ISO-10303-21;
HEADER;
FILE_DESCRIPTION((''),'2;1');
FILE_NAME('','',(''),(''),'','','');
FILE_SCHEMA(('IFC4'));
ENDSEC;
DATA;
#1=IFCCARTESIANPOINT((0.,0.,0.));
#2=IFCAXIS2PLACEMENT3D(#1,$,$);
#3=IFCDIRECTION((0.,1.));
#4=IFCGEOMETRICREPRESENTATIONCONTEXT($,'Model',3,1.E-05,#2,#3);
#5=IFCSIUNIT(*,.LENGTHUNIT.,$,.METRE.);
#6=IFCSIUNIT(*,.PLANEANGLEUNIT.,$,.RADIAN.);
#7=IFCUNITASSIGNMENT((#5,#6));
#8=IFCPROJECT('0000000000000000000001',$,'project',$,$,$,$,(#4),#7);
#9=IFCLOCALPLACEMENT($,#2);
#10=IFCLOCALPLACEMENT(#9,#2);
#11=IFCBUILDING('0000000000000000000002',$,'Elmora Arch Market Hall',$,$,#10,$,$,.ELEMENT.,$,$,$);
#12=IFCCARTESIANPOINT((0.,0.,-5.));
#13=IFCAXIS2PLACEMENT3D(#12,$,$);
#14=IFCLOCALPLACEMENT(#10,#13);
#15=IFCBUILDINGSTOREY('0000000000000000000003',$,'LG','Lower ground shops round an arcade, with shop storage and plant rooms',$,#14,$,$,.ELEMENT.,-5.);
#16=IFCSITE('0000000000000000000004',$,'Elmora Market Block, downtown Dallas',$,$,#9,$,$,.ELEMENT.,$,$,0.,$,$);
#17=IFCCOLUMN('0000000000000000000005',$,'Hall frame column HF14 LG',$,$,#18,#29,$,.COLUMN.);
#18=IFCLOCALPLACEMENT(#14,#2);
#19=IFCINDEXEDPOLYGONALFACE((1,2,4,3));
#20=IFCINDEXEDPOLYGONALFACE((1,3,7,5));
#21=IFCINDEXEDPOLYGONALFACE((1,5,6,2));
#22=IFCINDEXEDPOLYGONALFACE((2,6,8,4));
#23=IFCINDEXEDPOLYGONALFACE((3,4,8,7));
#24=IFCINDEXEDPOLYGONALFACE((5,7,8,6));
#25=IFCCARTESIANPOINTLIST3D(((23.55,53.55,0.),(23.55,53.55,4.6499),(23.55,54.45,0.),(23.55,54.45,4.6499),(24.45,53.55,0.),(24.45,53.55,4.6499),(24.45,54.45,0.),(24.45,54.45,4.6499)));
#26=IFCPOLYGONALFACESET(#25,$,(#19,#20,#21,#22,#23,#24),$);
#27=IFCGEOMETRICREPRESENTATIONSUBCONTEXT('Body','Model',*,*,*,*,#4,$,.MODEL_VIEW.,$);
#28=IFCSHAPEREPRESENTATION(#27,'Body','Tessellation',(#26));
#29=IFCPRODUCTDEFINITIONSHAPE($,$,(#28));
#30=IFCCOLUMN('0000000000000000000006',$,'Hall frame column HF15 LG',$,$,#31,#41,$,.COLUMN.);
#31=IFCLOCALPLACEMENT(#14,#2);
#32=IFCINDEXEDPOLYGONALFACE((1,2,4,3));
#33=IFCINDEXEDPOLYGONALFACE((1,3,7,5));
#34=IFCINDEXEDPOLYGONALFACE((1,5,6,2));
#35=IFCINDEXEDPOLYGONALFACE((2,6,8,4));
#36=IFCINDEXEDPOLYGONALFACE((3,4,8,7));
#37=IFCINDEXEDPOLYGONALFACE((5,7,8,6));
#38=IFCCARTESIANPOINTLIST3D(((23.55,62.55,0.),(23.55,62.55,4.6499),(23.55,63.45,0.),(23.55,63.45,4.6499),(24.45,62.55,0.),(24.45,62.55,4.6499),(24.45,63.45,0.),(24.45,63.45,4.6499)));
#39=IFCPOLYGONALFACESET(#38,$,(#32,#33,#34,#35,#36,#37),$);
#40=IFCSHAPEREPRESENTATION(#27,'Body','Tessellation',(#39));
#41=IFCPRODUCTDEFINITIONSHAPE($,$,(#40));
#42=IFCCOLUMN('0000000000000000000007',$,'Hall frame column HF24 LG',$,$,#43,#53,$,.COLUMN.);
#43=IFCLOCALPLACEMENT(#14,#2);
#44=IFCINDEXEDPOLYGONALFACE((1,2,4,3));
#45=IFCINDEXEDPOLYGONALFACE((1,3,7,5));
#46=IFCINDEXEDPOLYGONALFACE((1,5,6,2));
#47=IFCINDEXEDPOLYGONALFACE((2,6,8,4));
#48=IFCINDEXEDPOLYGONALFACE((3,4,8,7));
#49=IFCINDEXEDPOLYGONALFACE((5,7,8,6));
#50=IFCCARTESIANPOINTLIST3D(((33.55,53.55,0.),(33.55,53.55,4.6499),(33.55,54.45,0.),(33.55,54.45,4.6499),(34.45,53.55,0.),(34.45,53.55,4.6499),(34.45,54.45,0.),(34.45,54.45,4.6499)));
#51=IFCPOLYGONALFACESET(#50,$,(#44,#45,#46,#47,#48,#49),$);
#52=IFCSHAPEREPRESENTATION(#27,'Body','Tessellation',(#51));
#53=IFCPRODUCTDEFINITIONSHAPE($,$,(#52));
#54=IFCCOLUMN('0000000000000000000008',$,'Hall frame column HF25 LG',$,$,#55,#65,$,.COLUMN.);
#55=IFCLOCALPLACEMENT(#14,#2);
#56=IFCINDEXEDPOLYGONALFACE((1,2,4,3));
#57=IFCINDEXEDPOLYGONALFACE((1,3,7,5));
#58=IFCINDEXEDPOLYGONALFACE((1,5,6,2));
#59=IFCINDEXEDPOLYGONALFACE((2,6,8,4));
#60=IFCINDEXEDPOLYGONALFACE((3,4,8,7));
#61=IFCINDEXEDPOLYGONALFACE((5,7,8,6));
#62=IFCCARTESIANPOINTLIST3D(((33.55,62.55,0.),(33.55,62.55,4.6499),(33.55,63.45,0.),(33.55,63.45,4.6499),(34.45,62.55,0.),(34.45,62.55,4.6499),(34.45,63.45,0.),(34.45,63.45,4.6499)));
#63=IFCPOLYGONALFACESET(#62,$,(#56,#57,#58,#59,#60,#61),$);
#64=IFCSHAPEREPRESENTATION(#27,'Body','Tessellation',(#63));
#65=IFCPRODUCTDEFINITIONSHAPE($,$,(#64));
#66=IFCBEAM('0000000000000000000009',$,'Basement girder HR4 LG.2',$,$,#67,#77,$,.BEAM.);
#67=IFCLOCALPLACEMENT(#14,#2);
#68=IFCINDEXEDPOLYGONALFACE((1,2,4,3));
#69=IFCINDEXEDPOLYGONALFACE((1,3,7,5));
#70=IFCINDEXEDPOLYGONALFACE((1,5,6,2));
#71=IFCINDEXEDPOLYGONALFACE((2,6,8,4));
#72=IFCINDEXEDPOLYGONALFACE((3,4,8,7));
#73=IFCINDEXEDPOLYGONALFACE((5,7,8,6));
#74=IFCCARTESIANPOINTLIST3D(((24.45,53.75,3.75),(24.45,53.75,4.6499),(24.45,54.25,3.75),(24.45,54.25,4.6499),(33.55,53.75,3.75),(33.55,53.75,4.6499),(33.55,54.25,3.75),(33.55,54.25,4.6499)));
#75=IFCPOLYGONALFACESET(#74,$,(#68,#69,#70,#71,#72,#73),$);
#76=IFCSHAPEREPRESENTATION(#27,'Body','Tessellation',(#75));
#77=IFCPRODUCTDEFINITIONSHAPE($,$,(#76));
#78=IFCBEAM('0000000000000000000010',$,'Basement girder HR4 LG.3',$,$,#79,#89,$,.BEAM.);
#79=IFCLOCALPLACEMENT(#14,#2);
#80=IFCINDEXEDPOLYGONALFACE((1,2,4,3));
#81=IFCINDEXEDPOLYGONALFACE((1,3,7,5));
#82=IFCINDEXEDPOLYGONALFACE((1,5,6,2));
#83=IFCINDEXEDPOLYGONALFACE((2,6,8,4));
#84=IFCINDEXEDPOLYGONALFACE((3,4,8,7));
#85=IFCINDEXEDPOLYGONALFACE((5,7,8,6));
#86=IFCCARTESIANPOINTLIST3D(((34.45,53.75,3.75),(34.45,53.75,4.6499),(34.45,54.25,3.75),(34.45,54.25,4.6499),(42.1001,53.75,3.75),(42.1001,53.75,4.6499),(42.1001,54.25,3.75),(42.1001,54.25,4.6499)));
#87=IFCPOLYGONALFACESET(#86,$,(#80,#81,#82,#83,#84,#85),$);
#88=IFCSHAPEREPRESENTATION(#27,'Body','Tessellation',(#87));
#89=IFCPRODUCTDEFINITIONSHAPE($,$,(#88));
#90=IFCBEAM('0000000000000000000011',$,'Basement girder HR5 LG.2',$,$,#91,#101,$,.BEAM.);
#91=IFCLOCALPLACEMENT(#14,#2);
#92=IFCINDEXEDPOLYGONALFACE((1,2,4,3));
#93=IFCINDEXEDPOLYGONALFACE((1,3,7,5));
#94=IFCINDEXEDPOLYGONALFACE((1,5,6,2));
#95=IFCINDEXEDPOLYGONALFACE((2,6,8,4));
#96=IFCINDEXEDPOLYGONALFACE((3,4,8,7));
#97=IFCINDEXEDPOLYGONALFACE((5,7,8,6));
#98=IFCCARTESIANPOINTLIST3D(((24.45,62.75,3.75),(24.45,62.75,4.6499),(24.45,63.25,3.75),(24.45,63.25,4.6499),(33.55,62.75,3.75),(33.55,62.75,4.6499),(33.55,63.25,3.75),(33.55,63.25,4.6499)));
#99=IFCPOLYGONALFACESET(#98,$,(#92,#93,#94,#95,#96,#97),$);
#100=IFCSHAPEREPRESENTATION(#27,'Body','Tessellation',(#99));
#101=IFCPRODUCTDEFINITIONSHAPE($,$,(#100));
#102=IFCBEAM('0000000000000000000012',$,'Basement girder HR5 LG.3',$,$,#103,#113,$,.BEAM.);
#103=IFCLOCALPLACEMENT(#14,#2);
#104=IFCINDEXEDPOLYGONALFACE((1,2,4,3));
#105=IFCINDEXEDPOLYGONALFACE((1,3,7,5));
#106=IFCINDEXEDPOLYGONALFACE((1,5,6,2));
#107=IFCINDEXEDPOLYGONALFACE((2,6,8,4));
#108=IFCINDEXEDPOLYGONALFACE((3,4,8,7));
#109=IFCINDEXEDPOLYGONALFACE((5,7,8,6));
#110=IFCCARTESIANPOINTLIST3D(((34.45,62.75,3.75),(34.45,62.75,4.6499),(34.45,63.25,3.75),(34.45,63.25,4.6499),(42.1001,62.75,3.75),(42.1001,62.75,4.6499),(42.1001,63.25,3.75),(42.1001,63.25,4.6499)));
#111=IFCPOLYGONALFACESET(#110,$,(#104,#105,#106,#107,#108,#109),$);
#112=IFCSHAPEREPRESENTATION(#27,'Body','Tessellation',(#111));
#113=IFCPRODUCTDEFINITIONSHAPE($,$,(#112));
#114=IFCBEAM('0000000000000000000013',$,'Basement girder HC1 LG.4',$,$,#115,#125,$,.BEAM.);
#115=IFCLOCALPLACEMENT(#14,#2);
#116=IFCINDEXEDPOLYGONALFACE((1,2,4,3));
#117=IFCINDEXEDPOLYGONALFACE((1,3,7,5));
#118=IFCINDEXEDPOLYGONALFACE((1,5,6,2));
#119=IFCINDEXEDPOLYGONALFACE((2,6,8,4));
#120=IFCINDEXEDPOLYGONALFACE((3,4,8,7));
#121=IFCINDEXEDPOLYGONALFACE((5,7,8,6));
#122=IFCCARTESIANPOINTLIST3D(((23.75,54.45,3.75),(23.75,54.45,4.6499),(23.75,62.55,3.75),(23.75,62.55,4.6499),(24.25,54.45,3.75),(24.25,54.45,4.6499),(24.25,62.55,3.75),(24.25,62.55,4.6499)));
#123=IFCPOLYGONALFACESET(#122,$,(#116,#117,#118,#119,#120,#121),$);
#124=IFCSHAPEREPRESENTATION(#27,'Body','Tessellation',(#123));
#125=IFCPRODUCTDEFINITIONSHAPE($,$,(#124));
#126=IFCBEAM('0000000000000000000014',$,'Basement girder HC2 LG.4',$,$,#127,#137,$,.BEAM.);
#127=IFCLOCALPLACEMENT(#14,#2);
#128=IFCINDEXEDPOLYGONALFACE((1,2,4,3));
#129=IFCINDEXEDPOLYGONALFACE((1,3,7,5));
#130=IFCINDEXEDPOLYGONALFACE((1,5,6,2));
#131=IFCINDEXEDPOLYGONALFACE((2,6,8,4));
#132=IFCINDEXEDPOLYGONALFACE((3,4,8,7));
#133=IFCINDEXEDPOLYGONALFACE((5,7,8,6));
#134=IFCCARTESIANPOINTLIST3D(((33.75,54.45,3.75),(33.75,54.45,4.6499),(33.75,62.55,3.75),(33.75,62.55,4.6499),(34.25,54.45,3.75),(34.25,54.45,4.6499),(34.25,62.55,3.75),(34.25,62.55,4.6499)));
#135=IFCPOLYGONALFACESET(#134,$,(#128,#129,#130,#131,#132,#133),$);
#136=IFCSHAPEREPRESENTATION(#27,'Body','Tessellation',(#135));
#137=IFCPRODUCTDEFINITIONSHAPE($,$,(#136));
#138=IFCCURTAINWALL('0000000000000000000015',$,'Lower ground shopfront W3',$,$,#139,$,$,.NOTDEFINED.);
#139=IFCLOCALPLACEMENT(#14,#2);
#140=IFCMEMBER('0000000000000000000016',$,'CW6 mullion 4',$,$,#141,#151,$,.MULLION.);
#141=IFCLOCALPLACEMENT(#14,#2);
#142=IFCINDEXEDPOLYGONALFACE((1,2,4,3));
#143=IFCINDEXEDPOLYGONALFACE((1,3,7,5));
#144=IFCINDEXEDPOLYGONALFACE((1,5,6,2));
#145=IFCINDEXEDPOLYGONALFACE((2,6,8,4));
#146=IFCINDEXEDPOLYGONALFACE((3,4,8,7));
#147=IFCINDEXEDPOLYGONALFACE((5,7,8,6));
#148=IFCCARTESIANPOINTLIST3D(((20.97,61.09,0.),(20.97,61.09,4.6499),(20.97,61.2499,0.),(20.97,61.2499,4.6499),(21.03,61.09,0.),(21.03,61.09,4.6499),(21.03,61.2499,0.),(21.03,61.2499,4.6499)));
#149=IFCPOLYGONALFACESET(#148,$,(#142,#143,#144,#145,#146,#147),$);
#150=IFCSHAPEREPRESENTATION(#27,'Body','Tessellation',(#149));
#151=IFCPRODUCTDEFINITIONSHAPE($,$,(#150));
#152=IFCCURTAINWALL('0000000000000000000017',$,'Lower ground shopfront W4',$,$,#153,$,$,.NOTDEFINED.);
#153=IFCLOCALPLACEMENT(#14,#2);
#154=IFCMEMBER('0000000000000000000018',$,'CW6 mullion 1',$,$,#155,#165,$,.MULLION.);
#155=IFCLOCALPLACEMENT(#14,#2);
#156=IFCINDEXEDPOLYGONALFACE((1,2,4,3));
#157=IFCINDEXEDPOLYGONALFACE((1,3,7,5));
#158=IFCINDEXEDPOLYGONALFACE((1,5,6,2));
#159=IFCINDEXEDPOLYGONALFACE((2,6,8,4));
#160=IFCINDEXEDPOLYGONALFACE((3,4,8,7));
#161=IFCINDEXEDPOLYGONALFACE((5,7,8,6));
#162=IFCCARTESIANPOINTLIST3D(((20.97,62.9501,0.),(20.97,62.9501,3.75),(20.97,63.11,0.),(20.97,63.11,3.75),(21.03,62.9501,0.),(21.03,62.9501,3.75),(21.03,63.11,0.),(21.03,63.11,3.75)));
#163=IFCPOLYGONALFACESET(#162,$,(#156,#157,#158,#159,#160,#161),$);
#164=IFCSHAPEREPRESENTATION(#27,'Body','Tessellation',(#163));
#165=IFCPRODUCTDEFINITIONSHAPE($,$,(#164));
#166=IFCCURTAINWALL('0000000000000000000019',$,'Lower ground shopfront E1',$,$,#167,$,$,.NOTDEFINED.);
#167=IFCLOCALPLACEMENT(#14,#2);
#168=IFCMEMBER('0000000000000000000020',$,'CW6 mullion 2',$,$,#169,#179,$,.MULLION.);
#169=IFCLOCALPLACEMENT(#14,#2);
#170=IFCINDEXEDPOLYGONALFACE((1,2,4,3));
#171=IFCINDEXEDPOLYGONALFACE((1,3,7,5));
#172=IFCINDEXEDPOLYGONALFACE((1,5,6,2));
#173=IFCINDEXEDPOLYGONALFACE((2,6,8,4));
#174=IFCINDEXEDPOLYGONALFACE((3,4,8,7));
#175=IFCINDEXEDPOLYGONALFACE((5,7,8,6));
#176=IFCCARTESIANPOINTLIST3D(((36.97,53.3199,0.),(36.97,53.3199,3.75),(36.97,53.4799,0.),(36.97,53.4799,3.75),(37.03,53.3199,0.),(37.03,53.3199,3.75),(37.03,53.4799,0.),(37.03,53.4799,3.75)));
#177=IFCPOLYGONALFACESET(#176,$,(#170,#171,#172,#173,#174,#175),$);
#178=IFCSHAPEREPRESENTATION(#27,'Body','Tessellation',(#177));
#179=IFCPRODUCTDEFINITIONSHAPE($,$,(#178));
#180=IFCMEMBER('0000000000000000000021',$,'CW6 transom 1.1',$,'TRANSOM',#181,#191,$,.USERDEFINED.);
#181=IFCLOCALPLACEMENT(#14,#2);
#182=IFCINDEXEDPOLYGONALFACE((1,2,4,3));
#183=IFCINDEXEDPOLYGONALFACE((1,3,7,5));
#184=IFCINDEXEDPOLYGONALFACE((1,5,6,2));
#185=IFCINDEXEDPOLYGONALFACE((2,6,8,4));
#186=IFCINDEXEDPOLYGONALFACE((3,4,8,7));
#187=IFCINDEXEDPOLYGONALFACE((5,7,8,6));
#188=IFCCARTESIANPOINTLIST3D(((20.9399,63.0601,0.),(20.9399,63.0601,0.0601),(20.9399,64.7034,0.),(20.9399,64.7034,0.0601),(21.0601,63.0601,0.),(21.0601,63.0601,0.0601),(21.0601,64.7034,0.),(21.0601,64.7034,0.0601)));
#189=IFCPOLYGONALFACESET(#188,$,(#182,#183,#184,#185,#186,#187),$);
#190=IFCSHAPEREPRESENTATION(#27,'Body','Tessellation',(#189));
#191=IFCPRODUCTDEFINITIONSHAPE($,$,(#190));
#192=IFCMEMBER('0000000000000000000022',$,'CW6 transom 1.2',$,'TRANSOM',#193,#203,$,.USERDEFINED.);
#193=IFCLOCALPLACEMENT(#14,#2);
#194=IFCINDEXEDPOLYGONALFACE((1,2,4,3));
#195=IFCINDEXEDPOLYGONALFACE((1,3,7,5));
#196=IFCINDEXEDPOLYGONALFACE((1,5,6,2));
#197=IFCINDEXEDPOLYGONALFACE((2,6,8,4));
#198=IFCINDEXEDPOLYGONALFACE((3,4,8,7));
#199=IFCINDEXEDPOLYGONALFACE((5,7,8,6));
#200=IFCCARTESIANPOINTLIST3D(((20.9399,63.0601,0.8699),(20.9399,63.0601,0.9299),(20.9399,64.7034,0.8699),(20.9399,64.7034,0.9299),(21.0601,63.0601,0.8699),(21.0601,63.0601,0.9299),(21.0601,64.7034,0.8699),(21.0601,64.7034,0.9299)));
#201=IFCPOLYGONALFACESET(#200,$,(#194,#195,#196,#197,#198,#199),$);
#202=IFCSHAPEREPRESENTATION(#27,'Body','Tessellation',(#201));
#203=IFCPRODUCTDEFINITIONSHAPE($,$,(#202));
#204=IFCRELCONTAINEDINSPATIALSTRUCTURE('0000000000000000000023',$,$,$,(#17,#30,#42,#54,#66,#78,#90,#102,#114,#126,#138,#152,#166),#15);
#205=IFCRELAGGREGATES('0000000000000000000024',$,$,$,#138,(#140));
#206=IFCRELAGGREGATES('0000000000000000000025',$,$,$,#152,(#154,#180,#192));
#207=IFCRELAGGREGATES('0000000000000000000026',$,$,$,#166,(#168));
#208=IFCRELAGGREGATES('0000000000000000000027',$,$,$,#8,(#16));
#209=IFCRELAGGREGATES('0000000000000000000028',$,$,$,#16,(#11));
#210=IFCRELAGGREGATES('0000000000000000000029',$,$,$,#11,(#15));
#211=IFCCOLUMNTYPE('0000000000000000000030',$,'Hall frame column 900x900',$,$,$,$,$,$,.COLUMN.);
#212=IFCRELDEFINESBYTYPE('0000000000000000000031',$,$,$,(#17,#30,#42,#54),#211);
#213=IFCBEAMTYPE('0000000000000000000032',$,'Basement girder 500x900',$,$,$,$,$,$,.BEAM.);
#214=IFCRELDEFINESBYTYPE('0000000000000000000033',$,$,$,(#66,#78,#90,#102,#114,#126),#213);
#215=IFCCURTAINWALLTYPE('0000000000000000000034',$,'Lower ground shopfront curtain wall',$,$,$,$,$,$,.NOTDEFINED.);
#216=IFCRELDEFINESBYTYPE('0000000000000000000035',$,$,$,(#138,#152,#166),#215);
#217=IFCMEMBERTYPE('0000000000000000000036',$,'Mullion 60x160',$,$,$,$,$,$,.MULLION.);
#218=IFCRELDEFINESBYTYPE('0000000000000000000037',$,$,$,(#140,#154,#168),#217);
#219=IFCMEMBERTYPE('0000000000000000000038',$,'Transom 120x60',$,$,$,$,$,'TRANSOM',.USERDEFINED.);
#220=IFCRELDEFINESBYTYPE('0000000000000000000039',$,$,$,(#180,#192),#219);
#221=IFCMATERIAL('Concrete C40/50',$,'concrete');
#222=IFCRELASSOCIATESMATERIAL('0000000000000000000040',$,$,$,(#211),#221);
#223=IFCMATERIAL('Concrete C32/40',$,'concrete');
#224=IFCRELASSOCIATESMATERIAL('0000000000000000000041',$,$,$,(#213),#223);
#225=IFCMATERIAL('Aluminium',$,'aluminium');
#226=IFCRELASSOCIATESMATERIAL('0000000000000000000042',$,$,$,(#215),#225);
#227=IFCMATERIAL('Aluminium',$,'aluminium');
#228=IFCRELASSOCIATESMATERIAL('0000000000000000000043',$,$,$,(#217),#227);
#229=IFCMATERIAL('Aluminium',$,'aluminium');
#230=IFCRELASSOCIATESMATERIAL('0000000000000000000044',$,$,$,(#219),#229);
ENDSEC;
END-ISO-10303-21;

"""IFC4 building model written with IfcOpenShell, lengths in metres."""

from ifc_helpers import new_model, si_unit, direction, frame, origin, origin_2d, place, context, subcontext, project, spatial, rectangle, extrude, material, material_profile, profile_set, type_object, element, aggregate, save


model = new_model("IFC4")

# Units and contexts
model_context = context("Model", 3, precision=1e-05, world=origin(), true_north=direction((0.0, 1.0)))
body_context = subcontext(model_context, "Body", "Model", "MODEL_VIEW")
ifc_project = project(units=[si_unit("LENGTHUNIT", "METRE"), si_unit("PLANEANGLEUNIT", "RADIAN")], contexts=[model_context])

# Site, building, storey
site_placement = place(None, origin())
site = spatial("IfcSite", under=ifc_project, at=site_placement, Name="Elmora Market Block, downtown Dallas", CompositionType="ELEMENT", RefElevation=0.0)
building_placement = place(site_placement, origin())
building = spatial("IfcBuilding", under=site, at=building_placement, Name="Elmora Arch Market Hall", CompositionType="ELEMENT")
storey_placement = place(building_placement, frame((0.0, 0.0, -5.0)))
storey = spatial("IfcBuildingStorey", under=building, at=storey_placement, Name="LG", Description="Lower ground shops round an arcade, with shop storage and plant rooms", CompositionType="ELEMENT", Elevation=-5.0)

# Columns
ifc_material_1 = material(Name="Concrete C40/50", Category="concrete")
ifc_material_profile_1 = material_profile(ifc_material_1, rectangle(XDim=0.8999, YDim=0.8999, at=origin_2d()), Name="Hall frame column 900x900")
ifc_profile_set_1 = profile_set([ifc_material_profile_1], Name="Concrete C40/50")
column_type = type_object("IfcColumnType", Name="Hall frame column 900x900", PredefinedType="COLUMN", material=ifc_profile_set_1)
for number, where, z_axis, x_axis, name in (
    (1, (24.0, 54.0, 0.0), (0.0, 0.0, 1.0), (1.0, 0.0, 0.0), "Hall frame column HF14 LG"),
    (2, (24.0, 63.0, 0.0), (0.0, 0.0, 1.0), (1.0, 0.0, 0.0), "Hall frame column HF15 LG"),
    (3, (34.0, 54.0, 0.0), (0.0, 0.0, 1.0), (1.0, 0.0, 0.0), "Hall frame column HF24 LG"),
    (4, (34.0, 63.0, 0.0), (0.0, 0.0, 1.0), (1.0, 0.0, 0.0), "Hall frame column HF25 LG"),
):
    element("IfcColumn", number, at=place(storey_placement, frame(where, z_axis=z_axis, x_axis=x_axis)), inside=storey, type_object=column_type, Name=name, PredefinedType="COLUMN", context=body_context, shape_type="SweptSolid", body=[
        extrude(rectangle(XDim=0.8999, YDim=0.8999, at=origin_2d()), origin(), (0.0, 0.0, 1.0), 4.6499),
    ])

# Beams
ifc_material_2 = material(Name="Concrete C32/40", Category="concrete")
ifc_material_profile_2 = material_profile(ifc_material_2, rectangle(XDim=0.5, YDim=0.8999, at=origin_2d()), Name="Basement girder 500x900")
ifc_profile_set_2 = profile_set([ifc_material_profile_2], Name="Concrete C32/40")
beam_type = type_object("IfcBeamType", Name="Basement girder 500x900", PredefinedType="BEAM", material=ifc_profile_set_2)
beam_1_placement = place(storey_placement, frame((24.45, 54.0, 4.2), z_axis=(1.0, 0.0, 0.0), x_axis=(0.0, 1.0, 0.0)))
element("IfcBeam", 5, at=beam_1_placement, inside=storey, type_object=beam_type, Name="Basement girder HR4 LG.2", PredefinedType="BEAM", context=body_context, shape_type="SweptSolid", body=[
    extrude(rectangle(XDim=0.5, YDim=0.8999, at=origin_2d()), origin(), (0.0, 0.0, 1.0), 9.1001),
])
beam_2_placement = place(storey_placement, frame((34.45, 54.0, 4.2), z_axis=(1.0, 0.0, 0.0), x_axis=(0.0, 1.0, 0.0)))
element("IfcBeam", 6, at=beam_2_placement, inside=storey, type_object=beam_type, Name="Basement girder HR4 LG.3", PredefinedType="BEAM", context=body_context, shape_type="SweptSolid", body=[
    extrude(rectangle(XDim=0.5, YDim=0.8999, at=origin_2d()), origin(), (0.0, 0.0, 1.0), 7.6501),
])
beam_3_placement = place(storey_placement, frame((24.45, 63.0, 4.2), z_axis=(1.0, 0.0, 0.0), x_axis=(0.0, 1.0, 0.0)))
element("IfcBeam", 7, at=beam_3_placement, inside=storey, type_object=beam_type, Name="Basement girder HR5 LG.2", PredefinedType="BEAM", context=body_context, shape_type="SweptSolid", body=[
    extrude(rectangle(XDim=0.5, YDim=0.8999, at=origin_2d()), origin(), (0.0, 0.0, 1.0), 9.1001),
])
beam_4_placement = place(storey_placement, frame((34.45, 63.0, 4.2), z_axis=(1.0, 0.0, 0.0), x_axis=(0.0, 1.0, 0.0)))
element("IfcBeam", 8, at=beam_4_placement, inside=storey, type_object=beam_type, Name="Basement girder HR5 LG.3", PredefinedType="BEAM", context=body_context, shape_type="SweptSolid", body=[
    extrude(rectangle(XDim=0.5, YDim=0.8999, at=origin_2d()), origin(), (0.0, 0.0, 1.0), 7.6501),
])
for number, where, z_axis, x_axis, name in (
    (9, (24.0, 54.45, 4.2), (0.0, 1.0, 0.0), (-1.0, 0.0, 0.0), "Basement girder HC1 LG.4"),
    (10, (34.0, 54.45, 4.2), (0.0, 1.0, 0.0), (-1.0, 0.0, 0.0), "Basement girder HC2 LG.4"),
):
    element("IfcBeam", number, at=place(storey_placement, frame(where, z_axis=z_axis, x_axis=x_axis)), inside=storey, type_object=beam_type, Name=name, PredefinedType="BEAM", context=body_context, shape_type="SweptSolid", body=[
        extrude(rectangle(XDim=0.5, YDim=0.8999, at=origin_2d()), origin(), (0.0, 0.0, 1.0), 8.1001),
    ])

# Curtain walls, members
ifc_material_3 = material(Name="Aluminium", Category="aluminium")
curtain_wall_type = type_object("IfcCurtainWallType", Name="Lower ground shopfront curtain wall", PredefinedType="NOTDEFINED", material=ifc_material_3)
curtain_wall_1_placement = place(storey_placement, origin())
curtain_wall_1 = element("IfcCurtainWall", 11, at=curtain_wall_1_placement, inside=storey, type_object=curtain_wall_type, Name="Lower ground shopfront W3", PredefinedType="NOTDEFINED")
ifc_material_4 = material(Name="Aluminium", Category="aluminium")
ifc_material_profile_3 = material_profile(ifc_material_4, rectangle(XDim=0.0601, YDim=0.1599, at=origin_2d()), Name="AL 60x160")
ifc_profile_set_3 = profile_set([ifc_material_profile_3], Name="Aluminium")
member_type_1 = type_object("IfcMemberType", Name="Mullion 60x160", PredefinedType="MULLION", material=ifc_profile_set_3)
member_1_placement = place(storey_placement, frame((21.0, 61.1699, 0.0), z_axis=(0.0, 0.0, 1.0), x_axis=(-1.0, 0.0, 0.0)))
member_1 = element("IfcMember", 12, at=member_1_placement, type_object=member_type_1, Name="CW6 mullion 4", PredefinedType="MULLION", context=body_context, shape_type="SweptSolid", body=[
    extrude(rectangle(XDim=0.0601, YDim=0.1599, at=origin_2d()), origin(), (0.0, 0.0, 1.0), 4.6499),
])
aggregate(curtain_wall_1, [member_1])
curtain_wall_2_placement = place(storey_placement, origin())
curtain_wall_2 = element("IfcCurtainWall", 13, at=curtain_wall_2_placement, inside=storey, type_object=curtain_wall_type, Name="Lower ground shopfront W4", PredefinedType="NOTDEFINED")
member_2_placement = place(storey_placement, frame((21.0, 63.03, 0.0), z_axis=(0.0, 0.0, 1.0), x_axis=(-1.0, 0.0, 0.0)))
member_2 = element("IfcMember", 14, at=member_2_placement, type_object=member_type_1, Name="CW6 mullion 1", PredefinedType="MULLION", context=body_context, shape_type="SweptSolid", body=[
    extrude(rectangle(XDim=0.0601, YDim=0.1599, at=origin_2d()), origin(), (0.0, 0.0, 1.0), 3.75),
])
curtain_wall_3_placement = place(storey_placement, origin())
curtain_wall_3 = element("IfcCurtainWall", 15, at=curtain_wall_3_placement, inside=storey, type_object=curtain_wall_type, Name="Lower ground shopfront E1", PredefinedType="NOTDEFINED")
member_3_placement = place(storey_placement, frame((37.0, 53.3999, 0.0), z_axis=(0.0, 0.0, 1.0), x_axis=(-1.0, 0.0, 0.0)))
member_3 = element("IfcMember", 16, at=member_3_placement, type_object=member_type_1, Name="CW6 mullion 2", PredefinedType="MULLION", context=body_context, shape_type="SweptSolid", body=[
    extrude(rectangle(XDim=0.0601, YDim=0.1599, at=origin_2d()), origin(), (0.0, 0.0, 1.0), 3.75),
])

# Members
ifc_material_5 = material(Name="Aluminium", Category="aluminium")
ifc_material_profile_4 = material_profile(ifc_material_5, rectangle(XDim=0.1201, YDim=0.0601, at=origin_2d()), Name="AL 120x60")
ifc_profile_set_4 = profile_set([ifc_material_profile_4], Name="Aluminium")
member_type_2 = type_object("IfcMemberType", Name="Transom 120x60", ElementType="TRANSOM", PredefinedType="USERDEFINED", material=ifc_profile_set_4)
member_4_placement = place(storey_placement, frame((21.0, 63.0601, 0.03), z_axis=(0.0, 1.0, 0.0), x_axis=(-1.0, 0.0, 0.0)))
member_4 = element("IfcMember", 17, at=member_4_placement, type_object=member_type_2, Name="CW6 transom 1.1", ObjectType="TRANSOM", PredefinedType="USERDEFINED", context=body_context, shape_type="SweptSolid", body=[
    extrude(rectangle(XDim=0.1201, YDim=0.0601, at=origin_2d()), origin(), (0.0, 0.0, 1.0), 1.6433),
])
member_5_placement = place(storey_placement, frame((21.0, 63.0601, 0.8999), z_axis=(0.0, 1.0, 0.0), x_axis=(-1.0, 0.0, 0.0)))
member_5 = element("IfcMember", 18, at=member_5_placement, type_object=member_type_2, Name="CW6 transom 1.2", ObjectType="TRANSOM", PredefinedType="USERDEFINED", context=body_context, shape_type="SweptSolid", body=[
    extrude(rectangle(XDim=0.1201, YDim=0.0601, at=origin_2d()), origin(), (0.0, 0.0, 1.0), 1.6433),
])
aggregate(curtain_wall_2, [member_2, member_4, member_5])

aggregate(curtain_wall_3, [member_3])

save(model, "model.ifc")
